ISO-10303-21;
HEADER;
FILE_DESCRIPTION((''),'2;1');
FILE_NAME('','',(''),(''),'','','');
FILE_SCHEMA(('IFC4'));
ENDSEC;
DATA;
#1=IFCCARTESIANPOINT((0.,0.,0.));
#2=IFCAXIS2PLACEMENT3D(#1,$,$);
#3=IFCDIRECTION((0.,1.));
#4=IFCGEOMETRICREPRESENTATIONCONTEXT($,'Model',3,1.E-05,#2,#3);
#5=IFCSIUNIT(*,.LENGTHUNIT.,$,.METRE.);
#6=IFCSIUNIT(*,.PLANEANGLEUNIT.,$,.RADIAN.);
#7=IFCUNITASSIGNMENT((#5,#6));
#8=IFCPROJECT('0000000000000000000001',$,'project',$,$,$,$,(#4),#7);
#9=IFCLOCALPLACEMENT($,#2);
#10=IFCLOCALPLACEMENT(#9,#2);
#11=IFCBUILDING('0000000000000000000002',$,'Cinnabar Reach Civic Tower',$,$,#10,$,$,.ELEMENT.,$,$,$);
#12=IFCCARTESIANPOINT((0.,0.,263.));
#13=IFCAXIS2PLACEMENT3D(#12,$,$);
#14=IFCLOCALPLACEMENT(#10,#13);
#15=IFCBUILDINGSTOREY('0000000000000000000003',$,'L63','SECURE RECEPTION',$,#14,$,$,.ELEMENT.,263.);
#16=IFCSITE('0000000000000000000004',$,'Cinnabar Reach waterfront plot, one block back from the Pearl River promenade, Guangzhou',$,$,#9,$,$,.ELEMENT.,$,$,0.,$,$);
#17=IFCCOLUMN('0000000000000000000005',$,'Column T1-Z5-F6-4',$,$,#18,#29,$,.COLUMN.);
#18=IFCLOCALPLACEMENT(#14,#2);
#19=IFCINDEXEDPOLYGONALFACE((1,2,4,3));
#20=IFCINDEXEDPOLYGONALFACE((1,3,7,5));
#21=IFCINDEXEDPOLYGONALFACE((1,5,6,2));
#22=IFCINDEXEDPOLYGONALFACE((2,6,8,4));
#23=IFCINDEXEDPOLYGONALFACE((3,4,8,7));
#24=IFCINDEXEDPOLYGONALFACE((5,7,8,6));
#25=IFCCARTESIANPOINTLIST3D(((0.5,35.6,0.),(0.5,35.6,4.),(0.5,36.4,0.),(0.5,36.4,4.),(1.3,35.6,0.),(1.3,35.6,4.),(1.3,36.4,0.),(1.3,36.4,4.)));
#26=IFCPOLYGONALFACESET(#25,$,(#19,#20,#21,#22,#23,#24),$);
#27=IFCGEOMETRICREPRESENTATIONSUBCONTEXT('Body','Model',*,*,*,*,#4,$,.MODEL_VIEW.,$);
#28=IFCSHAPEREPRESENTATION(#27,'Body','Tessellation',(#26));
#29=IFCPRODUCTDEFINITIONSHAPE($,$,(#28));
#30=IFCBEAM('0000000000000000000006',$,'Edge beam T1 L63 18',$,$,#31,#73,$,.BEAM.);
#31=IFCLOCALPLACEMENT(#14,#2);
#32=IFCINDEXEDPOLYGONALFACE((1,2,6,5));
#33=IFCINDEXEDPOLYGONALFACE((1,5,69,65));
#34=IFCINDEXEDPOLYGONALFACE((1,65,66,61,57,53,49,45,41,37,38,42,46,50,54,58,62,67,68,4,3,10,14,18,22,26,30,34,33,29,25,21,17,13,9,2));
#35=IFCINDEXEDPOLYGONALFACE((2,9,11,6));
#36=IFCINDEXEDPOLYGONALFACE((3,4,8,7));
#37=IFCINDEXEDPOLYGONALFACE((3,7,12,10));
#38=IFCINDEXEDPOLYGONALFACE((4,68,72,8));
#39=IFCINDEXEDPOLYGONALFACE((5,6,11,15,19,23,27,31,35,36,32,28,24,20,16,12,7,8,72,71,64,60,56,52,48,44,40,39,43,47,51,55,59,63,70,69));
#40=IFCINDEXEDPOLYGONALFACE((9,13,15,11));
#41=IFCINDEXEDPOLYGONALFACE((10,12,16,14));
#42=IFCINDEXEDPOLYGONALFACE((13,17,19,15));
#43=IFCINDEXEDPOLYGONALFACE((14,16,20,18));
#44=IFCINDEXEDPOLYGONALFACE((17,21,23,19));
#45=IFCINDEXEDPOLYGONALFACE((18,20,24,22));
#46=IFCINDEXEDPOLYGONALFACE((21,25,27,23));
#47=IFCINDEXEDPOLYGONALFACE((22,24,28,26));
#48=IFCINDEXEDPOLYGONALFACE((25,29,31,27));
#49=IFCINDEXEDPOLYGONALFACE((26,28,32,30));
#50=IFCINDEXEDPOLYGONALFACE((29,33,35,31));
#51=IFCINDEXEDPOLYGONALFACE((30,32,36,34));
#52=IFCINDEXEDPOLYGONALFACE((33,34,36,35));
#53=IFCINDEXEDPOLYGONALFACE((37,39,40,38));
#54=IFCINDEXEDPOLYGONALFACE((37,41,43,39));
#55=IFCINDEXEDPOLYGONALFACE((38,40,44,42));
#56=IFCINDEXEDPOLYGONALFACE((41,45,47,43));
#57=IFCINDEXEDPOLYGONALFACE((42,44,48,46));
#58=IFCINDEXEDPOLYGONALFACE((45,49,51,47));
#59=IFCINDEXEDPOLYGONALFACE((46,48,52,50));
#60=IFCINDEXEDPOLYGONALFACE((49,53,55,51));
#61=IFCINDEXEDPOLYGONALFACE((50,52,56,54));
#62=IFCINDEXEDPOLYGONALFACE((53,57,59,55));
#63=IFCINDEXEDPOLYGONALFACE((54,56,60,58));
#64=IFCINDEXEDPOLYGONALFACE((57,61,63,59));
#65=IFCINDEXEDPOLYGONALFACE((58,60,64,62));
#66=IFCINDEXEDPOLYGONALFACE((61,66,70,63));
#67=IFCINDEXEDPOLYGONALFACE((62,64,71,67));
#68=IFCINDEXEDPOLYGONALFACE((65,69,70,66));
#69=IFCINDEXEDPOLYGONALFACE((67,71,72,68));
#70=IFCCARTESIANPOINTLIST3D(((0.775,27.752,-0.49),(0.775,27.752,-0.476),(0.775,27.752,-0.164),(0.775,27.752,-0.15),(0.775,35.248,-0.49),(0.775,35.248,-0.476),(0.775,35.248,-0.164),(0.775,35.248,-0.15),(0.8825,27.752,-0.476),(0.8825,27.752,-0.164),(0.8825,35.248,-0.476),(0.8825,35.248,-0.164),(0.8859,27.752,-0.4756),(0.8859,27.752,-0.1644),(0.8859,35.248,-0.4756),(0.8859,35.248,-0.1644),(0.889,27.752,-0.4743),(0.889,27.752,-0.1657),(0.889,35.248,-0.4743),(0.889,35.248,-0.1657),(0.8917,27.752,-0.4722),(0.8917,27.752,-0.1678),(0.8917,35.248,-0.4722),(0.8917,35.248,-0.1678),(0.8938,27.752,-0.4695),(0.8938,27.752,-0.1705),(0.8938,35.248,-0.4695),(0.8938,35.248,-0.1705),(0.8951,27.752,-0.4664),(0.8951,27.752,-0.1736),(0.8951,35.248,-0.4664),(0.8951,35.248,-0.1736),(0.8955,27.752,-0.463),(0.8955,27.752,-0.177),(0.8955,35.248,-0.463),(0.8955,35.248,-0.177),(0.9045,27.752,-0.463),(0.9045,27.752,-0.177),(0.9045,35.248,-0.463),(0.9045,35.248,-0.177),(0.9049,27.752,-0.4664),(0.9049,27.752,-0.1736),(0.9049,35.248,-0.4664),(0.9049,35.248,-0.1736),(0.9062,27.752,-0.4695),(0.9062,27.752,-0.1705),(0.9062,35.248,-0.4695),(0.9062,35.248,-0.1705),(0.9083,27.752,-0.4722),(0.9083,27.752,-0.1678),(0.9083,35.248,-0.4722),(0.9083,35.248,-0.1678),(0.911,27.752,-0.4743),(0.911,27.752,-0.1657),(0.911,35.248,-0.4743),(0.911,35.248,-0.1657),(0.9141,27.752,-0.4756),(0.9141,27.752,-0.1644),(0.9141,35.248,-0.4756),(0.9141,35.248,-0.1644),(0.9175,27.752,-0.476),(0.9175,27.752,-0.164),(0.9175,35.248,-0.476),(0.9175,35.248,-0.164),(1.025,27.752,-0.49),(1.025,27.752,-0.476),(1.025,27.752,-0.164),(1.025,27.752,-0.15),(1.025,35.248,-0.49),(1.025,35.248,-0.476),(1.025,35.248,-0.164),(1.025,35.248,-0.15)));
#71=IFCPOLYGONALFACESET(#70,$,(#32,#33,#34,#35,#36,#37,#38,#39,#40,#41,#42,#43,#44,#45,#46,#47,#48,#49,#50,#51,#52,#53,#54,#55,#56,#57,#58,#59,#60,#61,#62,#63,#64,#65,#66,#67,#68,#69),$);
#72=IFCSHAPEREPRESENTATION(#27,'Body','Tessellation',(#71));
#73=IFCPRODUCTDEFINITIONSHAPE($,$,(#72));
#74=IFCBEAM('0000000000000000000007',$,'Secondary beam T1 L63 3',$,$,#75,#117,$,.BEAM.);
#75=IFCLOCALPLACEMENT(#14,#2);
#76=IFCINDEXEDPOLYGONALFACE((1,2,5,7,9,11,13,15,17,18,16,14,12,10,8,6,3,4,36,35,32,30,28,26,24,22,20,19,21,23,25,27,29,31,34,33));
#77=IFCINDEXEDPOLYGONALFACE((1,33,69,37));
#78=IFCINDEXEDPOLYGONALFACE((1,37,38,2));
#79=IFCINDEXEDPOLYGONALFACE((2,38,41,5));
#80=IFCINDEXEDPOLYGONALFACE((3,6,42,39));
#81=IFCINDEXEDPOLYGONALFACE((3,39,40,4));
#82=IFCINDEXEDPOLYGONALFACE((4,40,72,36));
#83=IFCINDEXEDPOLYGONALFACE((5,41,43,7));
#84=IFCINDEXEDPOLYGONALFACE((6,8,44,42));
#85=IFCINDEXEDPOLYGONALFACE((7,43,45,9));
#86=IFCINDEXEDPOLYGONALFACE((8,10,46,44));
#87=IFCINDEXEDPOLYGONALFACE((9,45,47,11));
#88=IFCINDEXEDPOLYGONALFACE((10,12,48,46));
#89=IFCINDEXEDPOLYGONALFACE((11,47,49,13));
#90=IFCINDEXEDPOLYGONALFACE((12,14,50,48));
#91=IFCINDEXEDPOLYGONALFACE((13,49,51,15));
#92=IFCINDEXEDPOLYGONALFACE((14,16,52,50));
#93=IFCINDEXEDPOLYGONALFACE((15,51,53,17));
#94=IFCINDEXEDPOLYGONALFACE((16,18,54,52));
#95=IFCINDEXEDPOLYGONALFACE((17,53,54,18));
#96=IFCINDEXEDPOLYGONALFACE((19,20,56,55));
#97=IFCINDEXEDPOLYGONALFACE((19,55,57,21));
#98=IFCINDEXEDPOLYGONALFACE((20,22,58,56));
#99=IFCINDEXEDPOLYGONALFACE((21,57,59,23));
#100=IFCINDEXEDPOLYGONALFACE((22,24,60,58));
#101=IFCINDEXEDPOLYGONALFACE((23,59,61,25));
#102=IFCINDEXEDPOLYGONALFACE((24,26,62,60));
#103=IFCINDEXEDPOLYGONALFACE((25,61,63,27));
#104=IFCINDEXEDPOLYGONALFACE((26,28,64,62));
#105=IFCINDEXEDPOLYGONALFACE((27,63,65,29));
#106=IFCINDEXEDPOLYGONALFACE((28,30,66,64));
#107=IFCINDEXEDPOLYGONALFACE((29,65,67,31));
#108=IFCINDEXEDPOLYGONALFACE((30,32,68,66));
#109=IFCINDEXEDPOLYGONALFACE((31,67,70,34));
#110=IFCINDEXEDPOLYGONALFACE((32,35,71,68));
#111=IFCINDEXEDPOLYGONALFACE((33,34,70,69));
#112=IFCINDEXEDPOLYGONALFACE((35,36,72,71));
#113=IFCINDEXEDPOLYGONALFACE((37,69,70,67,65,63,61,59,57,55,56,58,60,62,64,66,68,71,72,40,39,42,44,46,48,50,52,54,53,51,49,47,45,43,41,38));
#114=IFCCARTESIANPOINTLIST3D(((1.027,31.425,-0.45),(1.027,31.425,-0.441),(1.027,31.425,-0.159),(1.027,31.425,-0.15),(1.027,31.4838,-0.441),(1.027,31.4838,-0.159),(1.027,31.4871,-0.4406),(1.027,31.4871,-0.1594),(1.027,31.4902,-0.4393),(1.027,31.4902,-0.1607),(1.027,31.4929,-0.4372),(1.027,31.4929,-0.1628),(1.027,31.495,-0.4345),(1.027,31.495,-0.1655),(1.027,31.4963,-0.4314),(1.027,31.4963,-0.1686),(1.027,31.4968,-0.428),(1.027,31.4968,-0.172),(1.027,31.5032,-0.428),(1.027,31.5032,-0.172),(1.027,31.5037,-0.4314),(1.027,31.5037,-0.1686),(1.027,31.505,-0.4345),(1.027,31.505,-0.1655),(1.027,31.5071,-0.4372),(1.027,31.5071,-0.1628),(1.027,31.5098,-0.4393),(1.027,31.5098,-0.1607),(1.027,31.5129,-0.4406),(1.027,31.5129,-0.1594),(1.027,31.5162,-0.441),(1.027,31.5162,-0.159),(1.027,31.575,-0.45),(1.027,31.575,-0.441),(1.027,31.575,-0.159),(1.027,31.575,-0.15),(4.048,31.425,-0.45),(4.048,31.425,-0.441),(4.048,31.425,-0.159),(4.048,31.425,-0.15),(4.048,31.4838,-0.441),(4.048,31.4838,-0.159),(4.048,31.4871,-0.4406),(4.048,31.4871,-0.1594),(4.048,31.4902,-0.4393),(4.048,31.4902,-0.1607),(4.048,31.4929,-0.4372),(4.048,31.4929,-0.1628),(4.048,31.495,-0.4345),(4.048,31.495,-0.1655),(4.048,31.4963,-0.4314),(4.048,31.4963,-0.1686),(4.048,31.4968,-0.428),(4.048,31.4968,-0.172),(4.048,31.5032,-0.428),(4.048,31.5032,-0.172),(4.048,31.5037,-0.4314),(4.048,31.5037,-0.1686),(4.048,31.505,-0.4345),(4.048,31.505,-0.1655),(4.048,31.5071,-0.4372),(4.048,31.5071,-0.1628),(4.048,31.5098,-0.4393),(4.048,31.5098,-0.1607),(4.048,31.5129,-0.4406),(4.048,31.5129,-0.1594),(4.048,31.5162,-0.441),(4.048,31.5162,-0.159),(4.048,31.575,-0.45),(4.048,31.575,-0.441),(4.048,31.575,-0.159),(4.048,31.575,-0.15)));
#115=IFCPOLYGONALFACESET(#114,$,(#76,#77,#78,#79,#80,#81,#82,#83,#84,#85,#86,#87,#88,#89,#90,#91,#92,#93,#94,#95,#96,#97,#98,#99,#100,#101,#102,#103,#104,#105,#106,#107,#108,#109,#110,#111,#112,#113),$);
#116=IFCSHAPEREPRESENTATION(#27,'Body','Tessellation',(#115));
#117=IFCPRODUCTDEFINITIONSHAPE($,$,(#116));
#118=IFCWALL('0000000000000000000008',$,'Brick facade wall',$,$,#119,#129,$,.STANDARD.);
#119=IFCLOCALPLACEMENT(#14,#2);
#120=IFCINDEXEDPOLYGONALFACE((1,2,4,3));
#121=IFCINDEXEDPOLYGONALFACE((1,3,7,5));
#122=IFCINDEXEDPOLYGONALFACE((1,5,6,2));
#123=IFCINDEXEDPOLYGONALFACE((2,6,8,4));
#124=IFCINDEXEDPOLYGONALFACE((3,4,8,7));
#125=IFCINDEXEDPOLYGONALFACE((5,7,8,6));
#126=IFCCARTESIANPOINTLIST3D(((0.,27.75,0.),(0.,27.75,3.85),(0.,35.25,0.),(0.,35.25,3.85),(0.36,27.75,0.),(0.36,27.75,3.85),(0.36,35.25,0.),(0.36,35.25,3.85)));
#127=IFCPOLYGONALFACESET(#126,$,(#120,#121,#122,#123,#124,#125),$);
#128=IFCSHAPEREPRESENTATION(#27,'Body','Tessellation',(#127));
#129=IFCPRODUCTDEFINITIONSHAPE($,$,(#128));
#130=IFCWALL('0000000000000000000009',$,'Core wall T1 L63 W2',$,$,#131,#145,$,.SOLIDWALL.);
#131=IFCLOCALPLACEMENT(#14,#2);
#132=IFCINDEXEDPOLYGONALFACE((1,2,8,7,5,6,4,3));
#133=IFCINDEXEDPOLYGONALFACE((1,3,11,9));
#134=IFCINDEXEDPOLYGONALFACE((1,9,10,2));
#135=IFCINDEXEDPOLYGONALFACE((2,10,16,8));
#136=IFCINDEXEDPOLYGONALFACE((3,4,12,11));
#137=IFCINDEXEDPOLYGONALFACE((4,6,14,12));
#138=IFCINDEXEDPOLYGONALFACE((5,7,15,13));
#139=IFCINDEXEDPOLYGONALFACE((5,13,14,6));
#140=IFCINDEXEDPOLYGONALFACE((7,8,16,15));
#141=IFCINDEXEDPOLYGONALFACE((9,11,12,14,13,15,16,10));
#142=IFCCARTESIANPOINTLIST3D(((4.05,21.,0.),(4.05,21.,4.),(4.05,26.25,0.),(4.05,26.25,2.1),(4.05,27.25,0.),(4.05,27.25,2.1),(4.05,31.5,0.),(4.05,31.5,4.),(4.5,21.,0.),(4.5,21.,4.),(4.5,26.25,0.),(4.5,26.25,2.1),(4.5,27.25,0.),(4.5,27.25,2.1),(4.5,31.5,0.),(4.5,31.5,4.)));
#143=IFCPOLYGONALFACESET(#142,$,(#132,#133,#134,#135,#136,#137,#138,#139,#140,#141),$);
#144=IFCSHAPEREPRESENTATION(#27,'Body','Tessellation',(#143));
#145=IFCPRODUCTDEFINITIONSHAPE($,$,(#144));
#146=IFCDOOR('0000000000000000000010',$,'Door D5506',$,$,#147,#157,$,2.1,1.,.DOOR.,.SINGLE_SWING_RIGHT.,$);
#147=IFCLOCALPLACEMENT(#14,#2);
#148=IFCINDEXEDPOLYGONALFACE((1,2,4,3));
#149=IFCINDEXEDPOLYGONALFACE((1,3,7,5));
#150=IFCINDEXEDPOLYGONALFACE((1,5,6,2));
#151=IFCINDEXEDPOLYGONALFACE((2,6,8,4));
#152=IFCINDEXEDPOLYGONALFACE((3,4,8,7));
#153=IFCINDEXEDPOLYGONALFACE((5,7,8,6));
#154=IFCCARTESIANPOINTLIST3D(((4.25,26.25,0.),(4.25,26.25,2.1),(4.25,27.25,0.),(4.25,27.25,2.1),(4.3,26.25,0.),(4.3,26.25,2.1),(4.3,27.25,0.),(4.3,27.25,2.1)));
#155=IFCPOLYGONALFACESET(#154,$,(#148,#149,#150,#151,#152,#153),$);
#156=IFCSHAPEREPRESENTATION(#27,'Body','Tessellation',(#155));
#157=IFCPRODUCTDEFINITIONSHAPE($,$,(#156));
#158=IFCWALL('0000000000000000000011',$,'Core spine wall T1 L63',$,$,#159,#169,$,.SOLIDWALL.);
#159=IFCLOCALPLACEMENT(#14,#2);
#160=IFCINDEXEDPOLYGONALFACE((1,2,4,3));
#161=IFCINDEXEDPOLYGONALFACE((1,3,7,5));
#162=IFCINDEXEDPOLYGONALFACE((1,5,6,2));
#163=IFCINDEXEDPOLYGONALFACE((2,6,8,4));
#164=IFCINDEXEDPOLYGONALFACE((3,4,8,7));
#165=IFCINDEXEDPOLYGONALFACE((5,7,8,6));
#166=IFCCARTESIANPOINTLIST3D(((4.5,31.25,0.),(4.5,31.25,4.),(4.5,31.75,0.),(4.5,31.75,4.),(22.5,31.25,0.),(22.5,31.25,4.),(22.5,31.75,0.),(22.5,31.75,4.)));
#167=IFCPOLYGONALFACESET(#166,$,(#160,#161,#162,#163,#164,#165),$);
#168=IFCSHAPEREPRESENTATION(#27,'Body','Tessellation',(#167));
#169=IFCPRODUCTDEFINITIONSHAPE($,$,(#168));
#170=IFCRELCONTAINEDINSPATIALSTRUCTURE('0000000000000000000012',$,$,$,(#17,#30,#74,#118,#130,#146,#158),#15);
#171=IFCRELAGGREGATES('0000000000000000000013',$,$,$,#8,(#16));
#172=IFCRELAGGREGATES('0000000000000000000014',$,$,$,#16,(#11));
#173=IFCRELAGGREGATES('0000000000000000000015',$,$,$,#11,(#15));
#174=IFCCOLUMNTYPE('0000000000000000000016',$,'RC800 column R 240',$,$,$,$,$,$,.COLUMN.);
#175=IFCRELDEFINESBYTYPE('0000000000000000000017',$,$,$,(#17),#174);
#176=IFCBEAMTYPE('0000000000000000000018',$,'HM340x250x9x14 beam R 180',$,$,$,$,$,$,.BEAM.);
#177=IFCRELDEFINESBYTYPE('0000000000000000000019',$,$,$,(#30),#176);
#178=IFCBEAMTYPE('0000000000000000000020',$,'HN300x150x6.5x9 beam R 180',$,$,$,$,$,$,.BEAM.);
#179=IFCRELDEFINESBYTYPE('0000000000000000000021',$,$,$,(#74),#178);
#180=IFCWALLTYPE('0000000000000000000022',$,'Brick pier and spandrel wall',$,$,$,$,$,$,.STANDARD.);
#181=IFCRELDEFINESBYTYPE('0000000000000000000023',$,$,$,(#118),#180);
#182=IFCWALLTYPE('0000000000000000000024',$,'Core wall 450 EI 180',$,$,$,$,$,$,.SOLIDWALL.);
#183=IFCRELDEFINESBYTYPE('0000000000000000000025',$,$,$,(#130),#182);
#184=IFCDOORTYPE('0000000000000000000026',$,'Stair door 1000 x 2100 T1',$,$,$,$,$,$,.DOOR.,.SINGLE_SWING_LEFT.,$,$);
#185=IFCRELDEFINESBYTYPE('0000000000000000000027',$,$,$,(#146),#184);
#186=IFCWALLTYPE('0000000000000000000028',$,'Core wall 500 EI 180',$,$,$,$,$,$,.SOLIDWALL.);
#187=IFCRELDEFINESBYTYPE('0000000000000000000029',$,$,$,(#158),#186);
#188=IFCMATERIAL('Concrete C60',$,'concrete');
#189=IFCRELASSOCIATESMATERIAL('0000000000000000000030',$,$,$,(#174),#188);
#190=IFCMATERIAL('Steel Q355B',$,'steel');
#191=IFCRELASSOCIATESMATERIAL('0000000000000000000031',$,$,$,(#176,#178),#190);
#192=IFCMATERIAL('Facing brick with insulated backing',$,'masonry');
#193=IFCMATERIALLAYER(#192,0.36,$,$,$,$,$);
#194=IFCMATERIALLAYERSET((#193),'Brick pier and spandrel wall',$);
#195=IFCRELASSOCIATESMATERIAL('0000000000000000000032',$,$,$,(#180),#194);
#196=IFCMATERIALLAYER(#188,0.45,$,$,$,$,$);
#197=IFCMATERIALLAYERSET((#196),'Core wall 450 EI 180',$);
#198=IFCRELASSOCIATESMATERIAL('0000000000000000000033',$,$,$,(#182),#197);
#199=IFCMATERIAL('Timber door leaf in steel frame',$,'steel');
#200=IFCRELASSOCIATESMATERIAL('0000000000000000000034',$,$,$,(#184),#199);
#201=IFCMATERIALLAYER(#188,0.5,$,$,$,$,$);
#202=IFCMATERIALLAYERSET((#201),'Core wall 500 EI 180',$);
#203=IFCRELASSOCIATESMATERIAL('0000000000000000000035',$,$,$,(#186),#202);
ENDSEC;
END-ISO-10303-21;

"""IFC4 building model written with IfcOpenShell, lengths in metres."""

from ifc_helpers import new_model, si_unit, direction, frame, frame_2d, origin, origin_2d, place, context, subcontext, project, spatial, rectangle, i_section, extrude, material, layer, layer_set, material_profile, profile_set, type_object, element, fill, save


model = new_model("IFC4")

# Units and contexts
model_context = context("Model", 3, precision=1e-05, world=origin(), true_north=direction((0.0, 1.0)))
body_context = subcontext(model_context, "Body", "Model", "MODEL_VIEW")
ifc_project = project(units=[si_unit("LENGTHUNIT", "METRE"), si_unit("PLANEANGLEUNIT", "RADIAN")], contexts=[model_context])

# Site, building, storey
site_placement = place(None, origin())
site = spatial("IfcSite", under=ifc_project, at=site_placement, Name="Cinnabar Reach waterfront plot, one block back from the Pearl River promenade, Guangzhou", CompositionType="ELEMENT", RefElevation=0.0)
building_placement = place(site_placement, origin())
building = spatial("IfcBuilding", under=site, at=building_placement, Name="Cinnabar Reach Civic Tower", CompositionType="ELEMENT")
storey_placement = place(building_placement, frame((0.0, 0.0, 263.0)))
storey = spatial("IfcBuildingStorey", under=building, at=storey_placement, Name="L63", Description="SECURE RECEPTION", CompositionType="ELEMENT", Elevation=263.0)

# Column
ifc_material_1 = material(Name="Concrete C60", Category="concrete")
ifc_material_profile_1 = material_profile(ifc_material_1, rectangle(XDim=0.8, YDim=0.8, at=origin_2d()), Name="RC800")
ifc_profile_set_1 = profile_set([ifc_material_profile_1], Name="Concrete C60")
column_type = type_object("IfcColumnType", Name="RC800 column R 240", PredefinedType="COLUMN", material=ifc_profile_set_1)
column_placement = place(storey_placement, frame((0.9, 36.0, 0.0), z_axis=(0.0, 0.0, 1.0), x_axis=(1.0, 0.0, 0.0)))
element("IfcColumn", 1, at=column_placement, inside=storey, type_object=column_type, Name="Column T1-Z5-F6-4", PredefinedType="COLUMN", context=body_context, shape_type="SweptSolid", body=[
    extrude(rectangle(XDim=0.8, YDim=0.8, at=origin_2d()), origin(), (0.0, 0.0, 1.0), 4.0),
])

# Beams
ifc_material_2 = material(Name="Steel Q355B", Category="steel")
ifc_material_profile_2 = material_profile(ifc_material_2, i_section(OverallWidth=0.25, OverallDepth=0.34, WebThickness=0.009, FlangeThickness=0.014, FilletRadius=0.013, at=origin_2d()), Name="HM340x250x9x14")
ifc_profile_set_2 = profile_set([ifc_material_profile_2], Name="Steel Q355B")
beam_type_1 = type_object("IfcBeamType", Name="HM340x250x9x14 beam R 180", PredefinedType="BEAM", material=ifc_profile_set_2)
beam_1_placement = place(storey_placement, frame((0.9, 35.248, -0.32), z_axis=(0.0, -1.0, 0.0), x_axis=(1.0, 0.0, 0.0)))
element("IfcBeam", 2, at=beam_1_placement, inside=storey, type_object=beam_type_1, Name="Edge beam T1 L63 18", PredefinedType="BEAM", context=body_context, shape_type="SweptSolid", body=[
    extrude(i_section(OverallWidth=0.25, OverallDepth=0.34, WebThickness=0.009, FlangeThickness=0.014, FilletRadius=0.013, at=origin_2d()), origin(), (0.0, 0.0, 1.0), 7.496),
])
ifc_material_profile_3 = material_profile(ifc_material_2, i_section(OverallWidth=0.15, OverallDepth=0.3, WebThickness=0.0065, FlangeThickness=0.009, FilletRadius=0.013, at=origin_2d()), Name="HN300x150x6.5x9")
ifc_profile_set_3 = profile_set([ifc_material_profile_3], Name="Steel Q355B")
beam_type_2 = type_object("IfcBeamType", Name="HN300x150x6.5x9 beam R 180", PredefinedType="BEAM", material=ifc_profile_set_3)
beam_2_placement = place(storey_placement, frame((1.027, 31.5, -0.3), z_axis=(1.0, 0.0, 0.0), x_axis=(0.0, 1.0, 0.0)))
element("IfcBeam", 3, at=beam_2_placement, inside=storey, type_object=beam_type_2, Name="Secondary beam T1 L63 3", PredefinedType="BEAM", context=body_context, shape_type="SweptSolid", body=[
    extrude(i_section(OverallWidth=0.15, OverallDepth=0.3, WebThickness=0.0065, FlangeThickness=0.009, FilletRadius=0.013, at=origin_2d()), origin(), (0.0, 0.0, 1.0), 3.021),
])

# Wall
ifc_material_3 = material(Name="Facing brick with insulated backing", Category="masonry")
ifc_layer_1 = layer(ifc_material_3, 0.36)
ifc_layer_set_1 = layer_set([ifc_layer_1], Name="Brick pier and spandrel wall")
wall_type_1 = type_object("IfcWallType", Name="Brick pier and spandrel wall", PredefinedType="STANDARD", material=ifc_layer_set_1)
wall_1_placement = place(storey_placement, frame((0.18, 35.25, 0.0), z_axis=(0.0, 0.0, 1.0), x_axis=(0.0, -1.0, 0.0)))
element("IfcWall", 4, at=wall_1_placement, inside=storey, type_object=wall_type_1, Name="Brick facade wall", PredefinedType="STANDARD", context=body_context, shape_type="SweptSolid", body=[
    extrude(rectangle(XDim=7.5, YDim=0.36, at=frame_2d((3.75, 0.0))), origin(), (0.0, 0.0, 1.0), 3.85),
])

# Wall, opening, door
ifc_layer_2 = layer(ifc_material_1, 0.45)
ifc_layer_set_2 = layer_set([ifc_layer_2], Name="Core wall 450 EI 180")
wall_type_2 = type_object("IfcWallType", Name="Core wall 450 EI 180", PredefinedType="SOLIDWALL", material=ifc_layer_set_2)
wall_2_placement = place(storey_placement, frame((4.275, 31.5, 0.0), z_axis=(0.0, 0.0, 1.0), x_axis=(0.0, -1.0, 0.0)))
wall_2 = element("IfcWall", 5, at=wall_2_placement, inside=storey, type_object=wall_type_2, Name="Core wall T1 L63 W2", PredefinedType="SOLIDWALL", context=body_context, shape_type="SweptSolid", body=[
    extrude(rectangle(XDim=10.5, YDim=0.45, at=frame_2d((5.25, 0.0))), origin(), (0.0, 0.0, 1.0), 4.0),
])
opening_1_placement = place(wall_2_placement, frame((4.25, 0.0, 0.0)))
opening_1 = element("IfcOpeningElement", 6, at=opening_1_placement, cuts=wall_2, PredefinedType="OPENING", context=body_context, shape_type="SweptSolid", body=[
    extrude(rectangle(XDim=1.0, YDim=2.1, at=frame_2d((0.5, 1.05))), frame((0.0, 0.235, 0.0), z_axis=(0.0, -1.0, 0.0), x_axis=(1.0, 0.0, 0.0)), (0.0, 0.0, 1.0), 0.47),
])
ifc_material_4 = material(Name="Timber door leaf in steel frame", Category="steel")
door_type_1 = type_object("IfcDoorType", Name="Stair door 1000 x 2100 T1", OperationType="SINGLE_SWING_LEFT", PredefinedType="DOOR", material=ifc_material_4)
door_1_placement = place(opening_1_placement, frame((1.0, 0.0, 0.0), z_axis=(0.0, 0.0, 1.0), x_axis=(-1.0, 0.0, 0.0)))
door_1 = element("IfcDoor", 7, at=door_1_placement, inside=storey, type_object=door_type_1, Name="Door D5506", OperationType="SINGLE_SWING_RIGHT", OverallHeight=2.1, OverallWidth=1.0, PredefinedType="DOOR", context=body_context, shape_type="SweptSolid", body=[
    extrude(rectangle(XDim=1.0, YDim=2.1, at=frame_2d((0.5, 1.05))), frame((0.0, 0.025, 0.0), z_axis=(0.0, -1.0, 0.0), x_axis=(1.0, 0.0, 0.0)), (0.0, 0.0, 1.0), 0.05),
])
fill(opening_1, door_1)

# Wall
ifc_layer_3 = layer(ifc_material_1, 0.5)
ifc_layer_set_3 = layer_set([ifc_layer_3], Name="Core wall 500 EI 180")
wall_type_3 = type_object("IfcWallType", Name="Core wall 500 EI 180", PredefinedType="SOLIDWALL", material=ifc_layer_set_3)
wall_3_placement = place(storey_placement, frame((4.5, 31.5, 0.0), z_axis=(0.0, 0.0, 1.0), x_axis=(1.0, 0.0, 0.0)))
element("IfcWall", 8, at=wall_3_placement, inside=storey, type_object=wall_type_3, Name="Core spine wall T1 L63", PredefinedType="SOLIDWALL", context=body_context, shape_type="SweptSolid", body=[
    extrude(rectangle(XDim=18.0, YDim=0.5, at=frame_2d((9.0, 0.0))), origin(), (0.0, 0.0, 1.0), 4.0),
])

save(model, "model.ifc")
